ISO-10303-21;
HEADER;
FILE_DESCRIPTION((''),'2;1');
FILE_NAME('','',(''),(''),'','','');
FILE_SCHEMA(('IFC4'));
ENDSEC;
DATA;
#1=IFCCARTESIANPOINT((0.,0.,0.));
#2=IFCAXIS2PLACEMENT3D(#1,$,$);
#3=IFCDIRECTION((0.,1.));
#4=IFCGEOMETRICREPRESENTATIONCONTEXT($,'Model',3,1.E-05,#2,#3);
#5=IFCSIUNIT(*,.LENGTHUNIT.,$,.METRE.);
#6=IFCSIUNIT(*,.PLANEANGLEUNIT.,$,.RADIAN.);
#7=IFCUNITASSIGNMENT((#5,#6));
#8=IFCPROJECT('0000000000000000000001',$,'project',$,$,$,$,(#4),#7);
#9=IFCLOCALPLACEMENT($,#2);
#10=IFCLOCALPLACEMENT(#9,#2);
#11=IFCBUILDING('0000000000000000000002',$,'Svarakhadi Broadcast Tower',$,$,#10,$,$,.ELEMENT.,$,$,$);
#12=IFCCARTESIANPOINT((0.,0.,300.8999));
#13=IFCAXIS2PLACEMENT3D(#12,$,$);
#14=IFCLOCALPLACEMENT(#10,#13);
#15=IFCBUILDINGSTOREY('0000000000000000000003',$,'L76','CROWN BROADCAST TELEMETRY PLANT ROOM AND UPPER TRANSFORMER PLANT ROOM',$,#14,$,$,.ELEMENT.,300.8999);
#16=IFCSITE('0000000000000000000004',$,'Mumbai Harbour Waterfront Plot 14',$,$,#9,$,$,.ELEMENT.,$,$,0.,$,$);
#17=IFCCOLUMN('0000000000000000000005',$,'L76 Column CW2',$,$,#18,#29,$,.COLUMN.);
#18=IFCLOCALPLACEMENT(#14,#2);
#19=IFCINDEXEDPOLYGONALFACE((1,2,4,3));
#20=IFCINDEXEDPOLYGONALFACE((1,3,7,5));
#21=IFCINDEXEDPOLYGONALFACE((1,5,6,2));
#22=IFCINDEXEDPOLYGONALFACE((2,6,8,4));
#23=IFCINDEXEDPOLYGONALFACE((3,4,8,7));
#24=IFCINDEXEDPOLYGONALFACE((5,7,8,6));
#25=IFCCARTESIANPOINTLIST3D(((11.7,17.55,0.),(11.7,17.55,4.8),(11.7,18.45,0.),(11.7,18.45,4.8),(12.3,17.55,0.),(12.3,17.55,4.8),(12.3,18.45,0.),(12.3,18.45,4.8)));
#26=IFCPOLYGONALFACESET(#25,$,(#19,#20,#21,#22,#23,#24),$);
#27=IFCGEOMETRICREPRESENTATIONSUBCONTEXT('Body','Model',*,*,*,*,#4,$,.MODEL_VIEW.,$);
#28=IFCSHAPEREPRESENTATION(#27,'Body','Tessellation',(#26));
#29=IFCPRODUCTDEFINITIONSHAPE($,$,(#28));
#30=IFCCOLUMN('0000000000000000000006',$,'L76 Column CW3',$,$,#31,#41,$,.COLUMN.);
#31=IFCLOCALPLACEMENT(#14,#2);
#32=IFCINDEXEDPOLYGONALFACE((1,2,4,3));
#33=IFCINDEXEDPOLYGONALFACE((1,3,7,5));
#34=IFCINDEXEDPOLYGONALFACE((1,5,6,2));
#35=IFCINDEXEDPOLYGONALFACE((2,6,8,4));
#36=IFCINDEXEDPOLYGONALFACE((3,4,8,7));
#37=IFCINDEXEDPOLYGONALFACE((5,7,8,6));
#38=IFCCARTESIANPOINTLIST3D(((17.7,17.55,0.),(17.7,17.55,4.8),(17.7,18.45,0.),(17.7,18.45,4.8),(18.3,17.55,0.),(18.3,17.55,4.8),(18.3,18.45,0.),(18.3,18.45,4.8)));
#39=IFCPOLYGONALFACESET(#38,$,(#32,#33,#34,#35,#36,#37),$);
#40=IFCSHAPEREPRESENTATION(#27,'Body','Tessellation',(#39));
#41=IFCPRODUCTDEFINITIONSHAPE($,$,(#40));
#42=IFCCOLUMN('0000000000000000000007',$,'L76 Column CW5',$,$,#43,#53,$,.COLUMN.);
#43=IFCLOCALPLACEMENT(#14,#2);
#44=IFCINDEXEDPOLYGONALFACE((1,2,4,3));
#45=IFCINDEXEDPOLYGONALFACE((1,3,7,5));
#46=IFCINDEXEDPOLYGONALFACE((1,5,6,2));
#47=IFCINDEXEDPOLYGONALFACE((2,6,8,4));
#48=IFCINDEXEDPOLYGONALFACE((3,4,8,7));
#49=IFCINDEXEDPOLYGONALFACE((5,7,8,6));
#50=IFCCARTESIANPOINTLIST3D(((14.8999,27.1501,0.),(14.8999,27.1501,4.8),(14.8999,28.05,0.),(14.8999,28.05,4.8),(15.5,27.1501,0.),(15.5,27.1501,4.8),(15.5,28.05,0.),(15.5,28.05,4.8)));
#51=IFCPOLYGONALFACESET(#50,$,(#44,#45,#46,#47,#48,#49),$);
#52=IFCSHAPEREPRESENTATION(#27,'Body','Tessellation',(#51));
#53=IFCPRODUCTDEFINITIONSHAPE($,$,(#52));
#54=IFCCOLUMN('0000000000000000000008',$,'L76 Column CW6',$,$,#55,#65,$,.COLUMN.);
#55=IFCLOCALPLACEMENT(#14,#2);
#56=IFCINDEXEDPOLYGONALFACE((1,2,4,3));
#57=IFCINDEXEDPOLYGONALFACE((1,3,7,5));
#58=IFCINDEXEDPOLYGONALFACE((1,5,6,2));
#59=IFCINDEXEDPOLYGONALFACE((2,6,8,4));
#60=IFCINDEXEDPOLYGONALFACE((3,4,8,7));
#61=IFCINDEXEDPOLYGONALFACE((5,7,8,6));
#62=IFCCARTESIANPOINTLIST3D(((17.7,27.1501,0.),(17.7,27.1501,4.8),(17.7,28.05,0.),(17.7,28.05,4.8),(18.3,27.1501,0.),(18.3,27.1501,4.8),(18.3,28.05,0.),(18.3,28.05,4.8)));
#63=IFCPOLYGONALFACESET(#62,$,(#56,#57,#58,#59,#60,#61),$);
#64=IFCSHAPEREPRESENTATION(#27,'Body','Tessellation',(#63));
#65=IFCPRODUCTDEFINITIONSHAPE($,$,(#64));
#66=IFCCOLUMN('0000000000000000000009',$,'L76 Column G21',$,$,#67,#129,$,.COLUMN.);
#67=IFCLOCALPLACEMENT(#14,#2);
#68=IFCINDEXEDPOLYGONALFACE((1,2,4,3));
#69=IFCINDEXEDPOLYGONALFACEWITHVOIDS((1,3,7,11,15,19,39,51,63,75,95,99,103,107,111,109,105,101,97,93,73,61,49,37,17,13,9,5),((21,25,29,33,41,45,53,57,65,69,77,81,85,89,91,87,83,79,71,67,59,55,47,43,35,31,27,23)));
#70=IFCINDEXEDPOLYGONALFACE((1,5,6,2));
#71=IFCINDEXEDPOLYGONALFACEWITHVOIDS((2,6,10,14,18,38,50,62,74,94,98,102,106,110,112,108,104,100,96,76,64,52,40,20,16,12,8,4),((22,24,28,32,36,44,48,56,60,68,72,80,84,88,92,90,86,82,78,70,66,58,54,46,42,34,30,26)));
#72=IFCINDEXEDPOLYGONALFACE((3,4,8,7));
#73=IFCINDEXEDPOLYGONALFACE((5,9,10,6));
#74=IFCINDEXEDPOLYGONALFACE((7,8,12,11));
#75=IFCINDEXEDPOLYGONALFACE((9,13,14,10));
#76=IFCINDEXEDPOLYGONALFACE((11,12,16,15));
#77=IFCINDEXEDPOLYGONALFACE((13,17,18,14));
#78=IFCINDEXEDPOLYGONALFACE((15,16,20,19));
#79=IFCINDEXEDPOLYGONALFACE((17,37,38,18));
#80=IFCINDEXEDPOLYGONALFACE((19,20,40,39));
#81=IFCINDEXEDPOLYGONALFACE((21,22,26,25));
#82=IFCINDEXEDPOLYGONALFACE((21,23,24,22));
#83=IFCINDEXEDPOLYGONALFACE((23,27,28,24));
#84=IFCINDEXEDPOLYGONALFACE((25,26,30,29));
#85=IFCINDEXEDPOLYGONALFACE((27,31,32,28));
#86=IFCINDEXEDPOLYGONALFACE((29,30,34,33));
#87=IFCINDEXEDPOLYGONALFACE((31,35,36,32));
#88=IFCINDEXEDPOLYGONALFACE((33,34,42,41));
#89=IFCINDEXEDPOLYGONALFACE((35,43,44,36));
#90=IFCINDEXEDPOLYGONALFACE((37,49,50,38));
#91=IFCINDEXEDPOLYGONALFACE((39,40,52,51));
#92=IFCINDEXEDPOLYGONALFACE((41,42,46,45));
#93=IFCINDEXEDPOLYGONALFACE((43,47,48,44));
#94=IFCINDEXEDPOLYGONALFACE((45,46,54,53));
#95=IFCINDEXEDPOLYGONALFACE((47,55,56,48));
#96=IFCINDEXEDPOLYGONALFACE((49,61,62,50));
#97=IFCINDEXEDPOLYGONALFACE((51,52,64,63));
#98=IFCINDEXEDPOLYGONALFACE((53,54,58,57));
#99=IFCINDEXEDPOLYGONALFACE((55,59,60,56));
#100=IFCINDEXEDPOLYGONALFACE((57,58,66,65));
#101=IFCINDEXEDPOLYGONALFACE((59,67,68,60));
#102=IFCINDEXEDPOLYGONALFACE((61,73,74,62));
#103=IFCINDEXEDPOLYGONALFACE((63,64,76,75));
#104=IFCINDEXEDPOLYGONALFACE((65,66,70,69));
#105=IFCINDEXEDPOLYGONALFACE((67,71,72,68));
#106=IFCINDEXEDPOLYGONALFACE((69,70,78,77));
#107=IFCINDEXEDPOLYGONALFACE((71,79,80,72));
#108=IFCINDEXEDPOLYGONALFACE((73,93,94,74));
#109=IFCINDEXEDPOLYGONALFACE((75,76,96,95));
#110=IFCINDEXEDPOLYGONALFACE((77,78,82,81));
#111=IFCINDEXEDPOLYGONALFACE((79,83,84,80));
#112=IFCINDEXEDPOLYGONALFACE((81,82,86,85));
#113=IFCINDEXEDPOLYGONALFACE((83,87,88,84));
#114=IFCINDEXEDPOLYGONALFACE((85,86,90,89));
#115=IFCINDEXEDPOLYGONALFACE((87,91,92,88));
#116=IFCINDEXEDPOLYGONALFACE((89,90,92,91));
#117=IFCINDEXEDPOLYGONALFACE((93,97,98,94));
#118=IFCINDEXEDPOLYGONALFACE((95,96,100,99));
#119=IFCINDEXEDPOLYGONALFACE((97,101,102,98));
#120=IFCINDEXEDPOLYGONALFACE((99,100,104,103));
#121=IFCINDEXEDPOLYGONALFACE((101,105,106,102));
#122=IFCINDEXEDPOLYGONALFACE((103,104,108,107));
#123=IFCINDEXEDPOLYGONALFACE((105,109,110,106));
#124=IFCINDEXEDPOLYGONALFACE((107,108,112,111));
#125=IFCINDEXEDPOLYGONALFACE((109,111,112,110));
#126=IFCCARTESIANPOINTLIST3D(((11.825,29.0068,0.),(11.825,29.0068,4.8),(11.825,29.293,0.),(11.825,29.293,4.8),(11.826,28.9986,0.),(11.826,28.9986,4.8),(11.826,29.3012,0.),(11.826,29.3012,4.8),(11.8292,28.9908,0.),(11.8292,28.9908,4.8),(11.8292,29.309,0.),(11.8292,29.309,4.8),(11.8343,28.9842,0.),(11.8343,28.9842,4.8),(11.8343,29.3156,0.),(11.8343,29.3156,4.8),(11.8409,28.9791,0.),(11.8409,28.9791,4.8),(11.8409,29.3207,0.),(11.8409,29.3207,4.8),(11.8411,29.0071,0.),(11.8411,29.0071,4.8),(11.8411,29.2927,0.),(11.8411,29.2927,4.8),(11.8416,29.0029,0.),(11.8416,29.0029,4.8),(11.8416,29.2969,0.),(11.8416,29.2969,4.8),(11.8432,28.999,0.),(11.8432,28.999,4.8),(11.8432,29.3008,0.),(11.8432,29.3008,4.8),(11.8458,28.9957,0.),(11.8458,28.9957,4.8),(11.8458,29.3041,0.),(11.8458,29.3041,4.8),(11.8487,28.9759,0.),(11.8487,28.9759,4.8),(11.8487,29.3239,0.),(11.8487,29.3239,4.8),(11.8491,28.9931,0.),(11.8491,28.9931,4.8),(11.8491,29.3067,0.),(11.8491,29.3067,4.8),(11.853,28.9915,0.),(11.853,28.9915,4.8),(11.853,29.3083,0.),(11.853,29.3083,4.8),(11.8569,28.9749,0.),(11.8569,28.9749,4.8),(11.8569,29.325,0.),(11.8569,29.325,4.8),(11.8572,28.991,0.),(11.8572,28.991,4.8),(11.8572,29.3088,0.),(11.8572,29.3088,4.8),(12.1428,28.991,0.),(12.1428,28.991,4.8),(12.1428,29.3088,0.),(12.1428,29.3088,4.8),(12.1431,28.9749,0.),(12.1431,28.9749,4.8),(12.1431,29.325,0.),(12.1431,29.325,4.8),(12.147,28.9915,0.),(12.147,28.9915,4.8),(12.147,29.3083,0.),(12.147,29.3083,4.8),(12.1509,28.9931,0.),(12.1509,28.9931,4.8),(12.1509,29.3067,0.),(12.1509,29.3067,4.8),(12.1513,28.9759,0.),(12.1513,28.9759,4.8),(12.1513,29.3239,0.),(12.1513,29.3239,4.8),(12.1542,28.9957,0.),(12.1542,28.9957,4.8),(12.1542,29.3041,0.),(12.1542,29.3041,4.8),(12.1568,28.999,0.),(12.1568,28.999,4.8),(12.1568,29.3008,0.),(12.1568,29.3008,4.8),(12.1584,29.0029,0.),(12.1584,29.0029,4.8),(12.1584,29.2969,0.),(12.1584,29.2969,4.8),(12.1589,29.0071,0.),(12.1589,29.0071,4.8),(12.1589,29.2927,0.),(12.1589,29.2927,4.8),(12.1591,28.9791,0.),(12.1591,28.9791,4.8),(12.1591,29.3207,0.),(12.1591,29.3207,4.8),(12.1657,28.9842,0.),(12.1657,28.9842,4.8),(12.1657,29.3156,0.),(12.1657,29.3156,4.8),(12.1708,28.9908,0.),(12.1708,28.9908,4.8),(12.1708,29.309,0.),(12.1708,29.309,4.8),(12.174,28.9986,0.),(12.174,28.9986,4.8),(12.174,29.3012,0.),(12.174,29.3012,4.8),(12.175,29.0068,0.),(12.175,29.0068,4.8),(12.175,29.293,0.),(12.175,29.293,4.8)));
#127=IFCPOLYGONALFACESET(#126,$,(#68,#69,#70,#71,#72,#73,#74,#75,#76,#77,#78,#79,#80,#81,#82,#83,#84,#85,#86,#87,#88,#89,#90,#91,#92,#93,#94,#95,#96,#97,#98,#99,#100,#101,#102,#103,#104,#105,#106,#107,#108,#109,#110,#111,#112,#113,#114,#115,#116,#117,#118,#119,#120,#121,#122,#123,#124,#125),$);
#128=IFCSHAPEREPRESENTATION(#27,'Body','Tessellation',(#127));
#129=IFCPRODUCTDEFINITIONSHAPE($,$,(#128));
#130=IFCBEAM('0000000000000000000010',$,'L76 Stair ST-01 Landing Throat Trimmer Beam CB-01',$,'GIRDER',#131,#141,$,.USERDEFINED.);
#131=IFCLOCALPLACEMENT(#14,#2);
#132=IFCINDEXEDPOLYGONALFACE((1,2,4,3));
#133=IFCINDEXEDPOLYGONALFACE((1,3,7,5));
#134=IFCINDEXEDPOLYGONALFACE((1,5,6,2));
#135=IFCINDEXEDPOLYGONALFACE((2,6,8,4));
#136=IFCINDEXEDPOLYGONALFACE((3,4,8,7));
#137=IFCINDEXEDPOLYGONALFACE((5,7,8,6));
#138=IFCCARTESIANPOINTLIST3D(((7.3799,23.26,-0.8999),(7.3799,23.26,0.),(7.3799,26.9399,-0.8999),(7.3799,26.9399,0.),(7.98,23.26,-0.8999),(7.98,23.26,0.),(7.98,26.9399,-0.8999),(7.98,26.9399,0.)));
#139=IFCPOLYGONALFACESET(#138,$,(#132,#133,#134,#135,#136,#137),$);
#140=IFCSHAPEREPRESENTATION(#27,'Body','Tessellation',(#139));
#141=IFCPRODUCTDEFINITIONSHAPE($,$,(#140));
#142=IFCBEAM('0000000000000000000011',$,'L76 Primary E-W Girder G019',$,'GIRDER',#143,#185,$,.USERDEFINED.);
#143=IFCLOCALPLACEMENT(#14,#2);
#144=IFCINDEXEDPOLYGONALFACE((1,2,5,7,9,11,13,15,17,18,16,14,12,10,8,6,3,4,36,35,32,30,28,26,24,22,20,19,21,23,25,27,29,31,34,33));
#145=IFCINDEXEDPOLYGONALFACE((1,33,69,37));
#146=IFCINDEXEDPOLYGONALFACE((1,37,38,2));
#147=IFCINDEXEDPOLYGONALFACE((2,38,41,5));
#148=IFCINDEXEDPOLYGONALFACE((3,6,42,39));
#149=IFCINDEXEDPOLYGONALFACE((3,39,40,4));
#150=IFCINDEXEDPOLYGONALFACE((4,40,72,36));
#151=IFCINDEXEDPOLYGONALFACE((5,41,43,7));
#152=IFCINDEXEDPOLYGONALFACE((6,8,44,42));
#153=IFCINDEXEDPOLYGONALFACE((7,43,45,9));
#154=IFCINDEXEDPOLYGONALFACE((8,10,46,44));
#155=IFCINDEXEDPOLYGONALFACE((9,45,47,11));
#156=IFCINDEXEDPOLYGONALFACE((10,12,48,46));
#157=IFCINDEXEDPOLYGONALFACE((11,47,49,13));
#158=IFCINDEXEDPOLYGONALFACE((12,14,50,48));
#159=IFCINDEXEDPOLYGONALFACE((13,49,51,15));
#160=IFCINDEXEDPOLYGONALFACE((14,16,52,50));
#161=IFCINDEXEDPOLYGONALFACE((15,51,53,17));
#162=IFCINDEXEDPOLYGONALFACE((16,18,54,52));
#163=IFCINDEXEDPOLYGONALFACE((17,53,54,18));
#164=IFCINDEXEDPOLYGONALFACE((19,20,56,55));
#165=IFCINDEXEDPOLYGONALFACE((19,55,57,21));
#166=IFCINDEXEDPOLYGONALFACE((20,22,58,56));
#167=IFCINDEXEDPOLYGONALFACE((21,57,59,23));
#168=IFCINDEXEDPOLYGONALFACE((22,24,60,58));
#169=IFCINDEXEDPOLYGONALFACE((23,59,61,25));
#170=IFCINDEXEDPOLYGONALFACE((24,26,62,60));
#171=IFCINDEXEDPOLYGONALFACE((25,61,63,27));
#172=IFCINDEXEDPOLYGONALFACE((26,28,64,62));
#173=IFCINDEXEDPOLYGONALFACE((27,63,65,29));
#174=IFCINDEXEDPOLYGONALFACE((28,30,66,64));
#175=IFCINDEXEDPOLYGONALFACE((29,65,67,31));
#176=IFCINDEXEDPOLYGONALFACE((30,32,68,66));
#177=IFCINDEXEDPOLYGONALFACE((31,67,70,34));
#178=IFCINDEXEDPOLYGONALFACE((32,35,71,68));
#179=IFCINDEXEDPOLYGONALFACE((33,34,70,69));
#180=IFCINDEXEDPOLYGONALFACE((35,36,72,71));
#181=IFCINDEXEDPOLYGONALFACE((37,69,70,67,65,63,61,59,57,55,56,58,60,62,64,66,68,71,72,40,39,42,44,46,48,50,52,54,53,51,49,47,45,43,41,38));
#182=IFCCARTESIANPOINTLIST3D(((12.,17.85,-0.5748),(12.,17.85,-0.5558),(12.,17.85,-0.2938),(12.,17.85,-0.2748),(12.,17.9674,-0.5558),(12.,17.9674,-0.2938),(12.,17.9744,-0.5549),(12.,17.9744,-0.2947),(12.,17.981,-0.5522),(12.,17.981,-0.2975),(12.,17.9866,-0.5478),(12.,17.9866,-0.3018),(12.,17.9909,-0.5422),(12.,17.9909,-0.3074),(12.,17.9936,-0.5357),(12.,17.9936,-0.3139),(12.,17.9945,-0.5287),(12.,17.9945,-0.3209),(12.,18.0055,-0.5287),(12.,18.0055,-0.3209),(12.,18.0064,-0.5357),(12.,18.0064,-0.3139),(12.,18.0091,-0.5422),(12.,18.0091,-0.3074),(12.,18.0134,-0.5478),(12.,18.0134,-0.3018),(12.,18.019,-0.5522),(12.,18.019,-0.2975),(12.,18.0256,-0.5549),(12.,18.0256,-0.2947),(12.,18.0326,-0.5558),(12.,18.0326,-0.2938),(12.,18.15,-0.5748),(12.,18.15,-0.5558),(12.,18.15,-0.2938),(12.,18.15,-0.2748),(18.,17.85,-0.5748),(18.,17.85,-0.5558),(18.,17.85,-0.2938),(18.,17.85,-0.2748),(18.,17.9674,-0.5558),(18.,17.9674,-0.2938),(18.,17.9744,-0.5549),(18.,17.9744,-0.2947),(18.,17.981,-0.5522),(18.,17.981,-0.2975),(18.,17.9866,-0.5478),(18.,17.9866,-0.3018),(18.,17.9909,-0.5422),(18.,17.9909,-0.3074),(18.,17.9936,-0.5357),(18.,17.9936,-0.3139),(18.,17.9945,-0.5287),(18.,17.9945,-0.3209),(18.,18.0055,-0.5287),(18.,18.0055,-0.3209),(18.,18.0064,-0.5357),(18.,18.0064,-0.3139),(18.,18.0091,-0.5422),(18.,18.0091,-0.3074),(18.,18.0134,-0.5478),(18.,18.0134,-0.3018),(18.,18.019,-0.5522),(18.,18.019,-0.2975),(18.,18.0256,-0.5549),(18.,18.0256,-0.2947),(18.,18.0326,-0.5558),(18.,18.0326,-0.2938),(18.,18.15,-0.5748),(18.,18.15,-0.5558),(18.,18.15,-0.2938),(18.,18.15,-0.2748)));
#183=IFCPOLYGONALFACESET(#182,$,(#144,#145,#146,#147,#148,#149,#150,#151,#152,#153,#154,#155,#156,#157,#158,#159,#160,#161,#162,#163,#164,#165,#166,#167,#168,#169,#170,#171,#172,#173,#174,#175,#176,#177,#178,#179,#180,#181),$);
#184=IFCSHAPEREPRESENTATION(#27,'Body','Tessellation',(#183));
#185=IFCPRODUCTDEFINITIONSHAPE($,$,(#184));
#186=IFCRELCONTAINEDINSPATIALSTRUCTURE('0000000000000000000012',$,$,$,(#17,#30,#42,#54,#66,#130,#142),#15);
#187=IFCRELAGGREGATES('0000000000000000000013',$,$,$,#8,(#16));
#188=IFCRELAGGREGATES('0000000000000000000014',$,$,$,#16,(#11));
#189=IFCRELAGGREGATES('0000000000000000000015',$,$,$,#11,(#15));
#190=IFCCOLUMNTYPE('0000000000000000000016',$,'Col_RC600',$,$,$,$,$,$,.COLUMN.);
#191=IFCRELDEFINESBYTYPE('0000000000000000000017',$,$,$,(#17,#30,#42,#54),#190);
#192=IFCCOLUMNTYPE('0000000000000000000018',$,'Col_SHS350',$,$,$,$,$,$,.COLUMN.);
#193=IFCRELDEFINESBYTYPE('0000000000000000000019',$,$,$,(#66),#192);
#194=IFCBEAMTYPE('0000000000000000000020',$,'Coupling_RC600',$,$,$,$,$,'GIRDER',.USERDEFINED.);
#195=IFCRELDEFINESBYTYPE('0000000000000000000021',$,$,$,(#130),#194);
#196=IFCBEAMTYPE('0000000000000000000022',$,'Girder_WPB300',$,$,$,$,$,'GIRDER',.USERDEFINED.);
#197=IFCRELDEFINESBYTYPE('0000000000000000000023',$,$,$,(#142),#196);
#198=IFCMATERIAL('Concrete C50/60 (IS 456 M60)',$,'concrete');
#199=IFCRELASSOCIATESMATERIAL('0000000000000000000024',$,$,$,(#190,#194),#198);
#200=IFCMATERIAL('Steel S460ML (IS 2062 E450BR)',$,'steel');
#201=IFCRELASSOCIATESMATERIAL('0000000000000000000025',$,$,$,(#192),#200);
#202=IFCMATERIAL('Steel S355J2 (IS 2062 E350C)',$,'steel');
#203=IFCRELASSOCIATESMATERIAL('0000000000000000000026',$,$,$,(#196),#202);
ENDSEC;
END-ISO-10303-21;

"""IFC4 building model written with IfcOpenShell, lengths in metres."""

from ifc_helpers import new_model, si_unit, direction, frame, origin, origin_2d, place, context, subcontext, project, spatial, rectangle, hollow_rectangle, i_section, extrude, material, material_profile, profile_set, type_object, element, save


model = new_model("IFC4")

# Units and contexts
model_context = context("Model", 3, precision=1e-05, world=origin(), true_north=direction((0.0, 1.0)))
body_context = subcontext(model_context, "Body", "Model", "MODEL_VIEW")
ifc_project = project(units=[si_unit("LENGTHUNIT", "METRE"), si_unit("PLANEANGLEUNIT", "RADIAN")], contexts=[model_context])

# Site, building, storey
site_placement = place(None, origin())
site = spatial("IfcSite", under=ifc_project, at=site_placement, Name="Mumbai Harbour Waterfront Plot 14", CompositionType="ELEMENT", RefElevation=0.0)
building_placement = place(site_placement, origin())
building = spatial("IfcBuilding", under=site, at=building_placement, Name="Svarakhadi Broadcast Tower", CompositionType="ELEMENT")
storey_placement = place(building_placement, frame((0.0, 0.0, 300.8999)))
storey = spatial("IfcBuildingStorey", under=building, at=storey_placement, Name="L76", Description="CROWN BROADCAST TELEMETRY PLANT ROOM AND UPPER TRANSFORMER PLANT ROOM", CompositionType="ELEMENT", Elevation=300.8999)

# Columns
ifc_material_1 = material(Name="Concrete C50/60 (IS 456 M60)", Category="concrete")
ifc_material_profile_1 = material_profile(ifc_material_1, rectangle(XDim=0.6001, YDim=0.8999, at=origin_2d()), Name="RC 600x900")
ifc_profile_set_1 = profile_set([ifc_material_profile_1], Name="Concrete C50/60 (IS 456 M60)")
column_type_1 = type_object("IfcColumnType", Name="Col_RC600", PredefinedType="COLUMN", material=ifc_profile_set_1)
for number, where, z_axis, x_axis, name in (
    (1, (12.0, 18.0, 0.0), (0.0, 0.0, 1.0), (1.0, 0.0, 0.0), "L76 Column CW2"),
    (2, (18.0, 18.0, 0.0), (0.0, 0.0, 1.0), (1.0, 0.0, 0.0), "L76 Column CW3"),
    (3, (15.2, 27.6001, 0.0), (0.0, 0.0, 1.0), (1.0, 0.0, 0.0), "L76 Column CW5"),
    (4, (18.0, 27.6001, 0.0), (0.0, 0.0, 1.0), (1.0, 0.0, 0.0), "L76 Column CW6"),
):
    element("IfcColumn", number, at=place(storey_placement, frame(where, z_axis=z_axis, x_axis=x_axis)), inside=storey, type_object=column_type_1, Name=name, PredefinedType="COLUMN", context=body_context, shape_type="SweptSolid", body=[
        extrude(rectangle(XDim=0.6001, YDim=0.8999, at=origin_2d()), origin(), (0.0, 0.0, 1.0), 4.8),
    ])
ifc_material_2 = material(Name="Steel S460ML (IS 2062 E450BR)", Category="steel")
ifc_material_profile_2 = material_profile(ifc_material_2, hollow_rectangle(XDim=0.3501, YDim=0.3501, WallThickness=0.0161, InnerFilletRadius=0.0161, OuterFilletRadius=0.032, at=origin_2d()), Name="SHS 350x350x16")
ifc_profile_set_2 = profile_set([ifc_material_profile_2], Name="Steel S460ML (IS 2062 E450BR)")
column_type_2 = type_object("IfcColumnType", Name="Col_SHS350", PredefinedType="COLUMN", material=ifc_profile_set_2)
column_placement = place(storey_placement, frame((12.0, 29.1499, 0.0), z_axis=(0.0, 0.0, 1.0), x_axis=(1.0, 0.0, 0.0)))
element("IfcColumn", 5, at=column_placement, inside=storey, type_object=column_type_2, Name="L76 Column G21", PredefinedType="COLUMN", context=body_context, shape_type="SweptSolid", body=[
    extrude(hollow_rectangle(XDim=0.3501, YDim=0.3501, WallThickness=0.0161, InnerFilletRadius=0.0161, OuterFilletRadius=0.032, at=origin_2d()), origin(), (0.0, 0.0, 1.0), 4.8),
])

# Beams
ifc_material_profile_3 = material_profile(ifc_material_1, rectangle(XDim=0.6001, YDim=0.8999, at=origin_2d()), Name="RC 600x900")
ifc_profile_set_3 = profile_set([ifc_material_profile_3], Name="Concrete C50/60 (IS 456 M60)")
beam_type_1 = type_object("IfcBeamType", Name="Coupling_RC600", ElementType="GIRDER", PredefinedType="USERDEFINED", material=ifc_profile_set_3)
beam_1_placement = place(storey_placement, frame((7.6799, 23.26, -0.45), z_axis=(0.0, 1.0, 0.0), x_axis=(-1.0, 0.0, 0.0)))
element("IfcBeam", 6, at=beam_1_placement, inside=storey, type_object=beam_type_1, Name="L76 Stair ST-01 Landing Throat Trimmer Beam CB-01", ObjectType="GIRDER", PredefinedType="USERDEFINED", context=body_context, shape_type="SweptSolid", body=[
    extrude(rectangle(XDim=0.6001, YDim=0.8999, at=origin_2d()), origin(), (0.0, 0.0, 1.0), 3.6799),
])
ifc_material_3 = material(Name="Steel S355J2 (IS 2062 E350C)", Category="steel")
ifc_material_profile_4 = material_profile(ifc_material_3, i_section(OverallWidth=0.3, OverallDepth=0.3, WebThickness=0.011, FlangeThickness=0.019, FilletRadius=0.0271, at=origin_2d()), Name="WPB 300x300x117")
ifc_profile_set_4 = profile_set([ifc_material_profile_4], Name="Steel S355J2 (IS 2062 E350C)")
beam_type_2 = type_object("IfcBeamType", Name="Girder_WPB300", ElementType="GIRDER", PredefinedType="USERDEFINED", material=ifc_profile_set_4)
beam_2_placement = place(storey_placement, frame((12.0, 18.0, -0.4248), z_axis=(1.0, 0.0, 0.0), x_axis=(0.0, 1.0, 0.0)))
element("IfcBeam", 7, at=beam_2_placement, inside=storey, type_object=beam_type_2, Name="L76 Primary E-W Girder G019", ObjectType="GIRDER", PredefinedType="USERDEFINED", context=body_context, shape_type="SweptSolid", body=[
    extrude(i_section(OverallWidth=0.3, OverallDepth=0.3, WebThickness=0.011, FlangeThickness=0.019, FilletRadius=0.0271, at=origin_2d()), origin(), (0.0, 0.0, 1.0), 6.0),
])

save(model, "model.ifc")
